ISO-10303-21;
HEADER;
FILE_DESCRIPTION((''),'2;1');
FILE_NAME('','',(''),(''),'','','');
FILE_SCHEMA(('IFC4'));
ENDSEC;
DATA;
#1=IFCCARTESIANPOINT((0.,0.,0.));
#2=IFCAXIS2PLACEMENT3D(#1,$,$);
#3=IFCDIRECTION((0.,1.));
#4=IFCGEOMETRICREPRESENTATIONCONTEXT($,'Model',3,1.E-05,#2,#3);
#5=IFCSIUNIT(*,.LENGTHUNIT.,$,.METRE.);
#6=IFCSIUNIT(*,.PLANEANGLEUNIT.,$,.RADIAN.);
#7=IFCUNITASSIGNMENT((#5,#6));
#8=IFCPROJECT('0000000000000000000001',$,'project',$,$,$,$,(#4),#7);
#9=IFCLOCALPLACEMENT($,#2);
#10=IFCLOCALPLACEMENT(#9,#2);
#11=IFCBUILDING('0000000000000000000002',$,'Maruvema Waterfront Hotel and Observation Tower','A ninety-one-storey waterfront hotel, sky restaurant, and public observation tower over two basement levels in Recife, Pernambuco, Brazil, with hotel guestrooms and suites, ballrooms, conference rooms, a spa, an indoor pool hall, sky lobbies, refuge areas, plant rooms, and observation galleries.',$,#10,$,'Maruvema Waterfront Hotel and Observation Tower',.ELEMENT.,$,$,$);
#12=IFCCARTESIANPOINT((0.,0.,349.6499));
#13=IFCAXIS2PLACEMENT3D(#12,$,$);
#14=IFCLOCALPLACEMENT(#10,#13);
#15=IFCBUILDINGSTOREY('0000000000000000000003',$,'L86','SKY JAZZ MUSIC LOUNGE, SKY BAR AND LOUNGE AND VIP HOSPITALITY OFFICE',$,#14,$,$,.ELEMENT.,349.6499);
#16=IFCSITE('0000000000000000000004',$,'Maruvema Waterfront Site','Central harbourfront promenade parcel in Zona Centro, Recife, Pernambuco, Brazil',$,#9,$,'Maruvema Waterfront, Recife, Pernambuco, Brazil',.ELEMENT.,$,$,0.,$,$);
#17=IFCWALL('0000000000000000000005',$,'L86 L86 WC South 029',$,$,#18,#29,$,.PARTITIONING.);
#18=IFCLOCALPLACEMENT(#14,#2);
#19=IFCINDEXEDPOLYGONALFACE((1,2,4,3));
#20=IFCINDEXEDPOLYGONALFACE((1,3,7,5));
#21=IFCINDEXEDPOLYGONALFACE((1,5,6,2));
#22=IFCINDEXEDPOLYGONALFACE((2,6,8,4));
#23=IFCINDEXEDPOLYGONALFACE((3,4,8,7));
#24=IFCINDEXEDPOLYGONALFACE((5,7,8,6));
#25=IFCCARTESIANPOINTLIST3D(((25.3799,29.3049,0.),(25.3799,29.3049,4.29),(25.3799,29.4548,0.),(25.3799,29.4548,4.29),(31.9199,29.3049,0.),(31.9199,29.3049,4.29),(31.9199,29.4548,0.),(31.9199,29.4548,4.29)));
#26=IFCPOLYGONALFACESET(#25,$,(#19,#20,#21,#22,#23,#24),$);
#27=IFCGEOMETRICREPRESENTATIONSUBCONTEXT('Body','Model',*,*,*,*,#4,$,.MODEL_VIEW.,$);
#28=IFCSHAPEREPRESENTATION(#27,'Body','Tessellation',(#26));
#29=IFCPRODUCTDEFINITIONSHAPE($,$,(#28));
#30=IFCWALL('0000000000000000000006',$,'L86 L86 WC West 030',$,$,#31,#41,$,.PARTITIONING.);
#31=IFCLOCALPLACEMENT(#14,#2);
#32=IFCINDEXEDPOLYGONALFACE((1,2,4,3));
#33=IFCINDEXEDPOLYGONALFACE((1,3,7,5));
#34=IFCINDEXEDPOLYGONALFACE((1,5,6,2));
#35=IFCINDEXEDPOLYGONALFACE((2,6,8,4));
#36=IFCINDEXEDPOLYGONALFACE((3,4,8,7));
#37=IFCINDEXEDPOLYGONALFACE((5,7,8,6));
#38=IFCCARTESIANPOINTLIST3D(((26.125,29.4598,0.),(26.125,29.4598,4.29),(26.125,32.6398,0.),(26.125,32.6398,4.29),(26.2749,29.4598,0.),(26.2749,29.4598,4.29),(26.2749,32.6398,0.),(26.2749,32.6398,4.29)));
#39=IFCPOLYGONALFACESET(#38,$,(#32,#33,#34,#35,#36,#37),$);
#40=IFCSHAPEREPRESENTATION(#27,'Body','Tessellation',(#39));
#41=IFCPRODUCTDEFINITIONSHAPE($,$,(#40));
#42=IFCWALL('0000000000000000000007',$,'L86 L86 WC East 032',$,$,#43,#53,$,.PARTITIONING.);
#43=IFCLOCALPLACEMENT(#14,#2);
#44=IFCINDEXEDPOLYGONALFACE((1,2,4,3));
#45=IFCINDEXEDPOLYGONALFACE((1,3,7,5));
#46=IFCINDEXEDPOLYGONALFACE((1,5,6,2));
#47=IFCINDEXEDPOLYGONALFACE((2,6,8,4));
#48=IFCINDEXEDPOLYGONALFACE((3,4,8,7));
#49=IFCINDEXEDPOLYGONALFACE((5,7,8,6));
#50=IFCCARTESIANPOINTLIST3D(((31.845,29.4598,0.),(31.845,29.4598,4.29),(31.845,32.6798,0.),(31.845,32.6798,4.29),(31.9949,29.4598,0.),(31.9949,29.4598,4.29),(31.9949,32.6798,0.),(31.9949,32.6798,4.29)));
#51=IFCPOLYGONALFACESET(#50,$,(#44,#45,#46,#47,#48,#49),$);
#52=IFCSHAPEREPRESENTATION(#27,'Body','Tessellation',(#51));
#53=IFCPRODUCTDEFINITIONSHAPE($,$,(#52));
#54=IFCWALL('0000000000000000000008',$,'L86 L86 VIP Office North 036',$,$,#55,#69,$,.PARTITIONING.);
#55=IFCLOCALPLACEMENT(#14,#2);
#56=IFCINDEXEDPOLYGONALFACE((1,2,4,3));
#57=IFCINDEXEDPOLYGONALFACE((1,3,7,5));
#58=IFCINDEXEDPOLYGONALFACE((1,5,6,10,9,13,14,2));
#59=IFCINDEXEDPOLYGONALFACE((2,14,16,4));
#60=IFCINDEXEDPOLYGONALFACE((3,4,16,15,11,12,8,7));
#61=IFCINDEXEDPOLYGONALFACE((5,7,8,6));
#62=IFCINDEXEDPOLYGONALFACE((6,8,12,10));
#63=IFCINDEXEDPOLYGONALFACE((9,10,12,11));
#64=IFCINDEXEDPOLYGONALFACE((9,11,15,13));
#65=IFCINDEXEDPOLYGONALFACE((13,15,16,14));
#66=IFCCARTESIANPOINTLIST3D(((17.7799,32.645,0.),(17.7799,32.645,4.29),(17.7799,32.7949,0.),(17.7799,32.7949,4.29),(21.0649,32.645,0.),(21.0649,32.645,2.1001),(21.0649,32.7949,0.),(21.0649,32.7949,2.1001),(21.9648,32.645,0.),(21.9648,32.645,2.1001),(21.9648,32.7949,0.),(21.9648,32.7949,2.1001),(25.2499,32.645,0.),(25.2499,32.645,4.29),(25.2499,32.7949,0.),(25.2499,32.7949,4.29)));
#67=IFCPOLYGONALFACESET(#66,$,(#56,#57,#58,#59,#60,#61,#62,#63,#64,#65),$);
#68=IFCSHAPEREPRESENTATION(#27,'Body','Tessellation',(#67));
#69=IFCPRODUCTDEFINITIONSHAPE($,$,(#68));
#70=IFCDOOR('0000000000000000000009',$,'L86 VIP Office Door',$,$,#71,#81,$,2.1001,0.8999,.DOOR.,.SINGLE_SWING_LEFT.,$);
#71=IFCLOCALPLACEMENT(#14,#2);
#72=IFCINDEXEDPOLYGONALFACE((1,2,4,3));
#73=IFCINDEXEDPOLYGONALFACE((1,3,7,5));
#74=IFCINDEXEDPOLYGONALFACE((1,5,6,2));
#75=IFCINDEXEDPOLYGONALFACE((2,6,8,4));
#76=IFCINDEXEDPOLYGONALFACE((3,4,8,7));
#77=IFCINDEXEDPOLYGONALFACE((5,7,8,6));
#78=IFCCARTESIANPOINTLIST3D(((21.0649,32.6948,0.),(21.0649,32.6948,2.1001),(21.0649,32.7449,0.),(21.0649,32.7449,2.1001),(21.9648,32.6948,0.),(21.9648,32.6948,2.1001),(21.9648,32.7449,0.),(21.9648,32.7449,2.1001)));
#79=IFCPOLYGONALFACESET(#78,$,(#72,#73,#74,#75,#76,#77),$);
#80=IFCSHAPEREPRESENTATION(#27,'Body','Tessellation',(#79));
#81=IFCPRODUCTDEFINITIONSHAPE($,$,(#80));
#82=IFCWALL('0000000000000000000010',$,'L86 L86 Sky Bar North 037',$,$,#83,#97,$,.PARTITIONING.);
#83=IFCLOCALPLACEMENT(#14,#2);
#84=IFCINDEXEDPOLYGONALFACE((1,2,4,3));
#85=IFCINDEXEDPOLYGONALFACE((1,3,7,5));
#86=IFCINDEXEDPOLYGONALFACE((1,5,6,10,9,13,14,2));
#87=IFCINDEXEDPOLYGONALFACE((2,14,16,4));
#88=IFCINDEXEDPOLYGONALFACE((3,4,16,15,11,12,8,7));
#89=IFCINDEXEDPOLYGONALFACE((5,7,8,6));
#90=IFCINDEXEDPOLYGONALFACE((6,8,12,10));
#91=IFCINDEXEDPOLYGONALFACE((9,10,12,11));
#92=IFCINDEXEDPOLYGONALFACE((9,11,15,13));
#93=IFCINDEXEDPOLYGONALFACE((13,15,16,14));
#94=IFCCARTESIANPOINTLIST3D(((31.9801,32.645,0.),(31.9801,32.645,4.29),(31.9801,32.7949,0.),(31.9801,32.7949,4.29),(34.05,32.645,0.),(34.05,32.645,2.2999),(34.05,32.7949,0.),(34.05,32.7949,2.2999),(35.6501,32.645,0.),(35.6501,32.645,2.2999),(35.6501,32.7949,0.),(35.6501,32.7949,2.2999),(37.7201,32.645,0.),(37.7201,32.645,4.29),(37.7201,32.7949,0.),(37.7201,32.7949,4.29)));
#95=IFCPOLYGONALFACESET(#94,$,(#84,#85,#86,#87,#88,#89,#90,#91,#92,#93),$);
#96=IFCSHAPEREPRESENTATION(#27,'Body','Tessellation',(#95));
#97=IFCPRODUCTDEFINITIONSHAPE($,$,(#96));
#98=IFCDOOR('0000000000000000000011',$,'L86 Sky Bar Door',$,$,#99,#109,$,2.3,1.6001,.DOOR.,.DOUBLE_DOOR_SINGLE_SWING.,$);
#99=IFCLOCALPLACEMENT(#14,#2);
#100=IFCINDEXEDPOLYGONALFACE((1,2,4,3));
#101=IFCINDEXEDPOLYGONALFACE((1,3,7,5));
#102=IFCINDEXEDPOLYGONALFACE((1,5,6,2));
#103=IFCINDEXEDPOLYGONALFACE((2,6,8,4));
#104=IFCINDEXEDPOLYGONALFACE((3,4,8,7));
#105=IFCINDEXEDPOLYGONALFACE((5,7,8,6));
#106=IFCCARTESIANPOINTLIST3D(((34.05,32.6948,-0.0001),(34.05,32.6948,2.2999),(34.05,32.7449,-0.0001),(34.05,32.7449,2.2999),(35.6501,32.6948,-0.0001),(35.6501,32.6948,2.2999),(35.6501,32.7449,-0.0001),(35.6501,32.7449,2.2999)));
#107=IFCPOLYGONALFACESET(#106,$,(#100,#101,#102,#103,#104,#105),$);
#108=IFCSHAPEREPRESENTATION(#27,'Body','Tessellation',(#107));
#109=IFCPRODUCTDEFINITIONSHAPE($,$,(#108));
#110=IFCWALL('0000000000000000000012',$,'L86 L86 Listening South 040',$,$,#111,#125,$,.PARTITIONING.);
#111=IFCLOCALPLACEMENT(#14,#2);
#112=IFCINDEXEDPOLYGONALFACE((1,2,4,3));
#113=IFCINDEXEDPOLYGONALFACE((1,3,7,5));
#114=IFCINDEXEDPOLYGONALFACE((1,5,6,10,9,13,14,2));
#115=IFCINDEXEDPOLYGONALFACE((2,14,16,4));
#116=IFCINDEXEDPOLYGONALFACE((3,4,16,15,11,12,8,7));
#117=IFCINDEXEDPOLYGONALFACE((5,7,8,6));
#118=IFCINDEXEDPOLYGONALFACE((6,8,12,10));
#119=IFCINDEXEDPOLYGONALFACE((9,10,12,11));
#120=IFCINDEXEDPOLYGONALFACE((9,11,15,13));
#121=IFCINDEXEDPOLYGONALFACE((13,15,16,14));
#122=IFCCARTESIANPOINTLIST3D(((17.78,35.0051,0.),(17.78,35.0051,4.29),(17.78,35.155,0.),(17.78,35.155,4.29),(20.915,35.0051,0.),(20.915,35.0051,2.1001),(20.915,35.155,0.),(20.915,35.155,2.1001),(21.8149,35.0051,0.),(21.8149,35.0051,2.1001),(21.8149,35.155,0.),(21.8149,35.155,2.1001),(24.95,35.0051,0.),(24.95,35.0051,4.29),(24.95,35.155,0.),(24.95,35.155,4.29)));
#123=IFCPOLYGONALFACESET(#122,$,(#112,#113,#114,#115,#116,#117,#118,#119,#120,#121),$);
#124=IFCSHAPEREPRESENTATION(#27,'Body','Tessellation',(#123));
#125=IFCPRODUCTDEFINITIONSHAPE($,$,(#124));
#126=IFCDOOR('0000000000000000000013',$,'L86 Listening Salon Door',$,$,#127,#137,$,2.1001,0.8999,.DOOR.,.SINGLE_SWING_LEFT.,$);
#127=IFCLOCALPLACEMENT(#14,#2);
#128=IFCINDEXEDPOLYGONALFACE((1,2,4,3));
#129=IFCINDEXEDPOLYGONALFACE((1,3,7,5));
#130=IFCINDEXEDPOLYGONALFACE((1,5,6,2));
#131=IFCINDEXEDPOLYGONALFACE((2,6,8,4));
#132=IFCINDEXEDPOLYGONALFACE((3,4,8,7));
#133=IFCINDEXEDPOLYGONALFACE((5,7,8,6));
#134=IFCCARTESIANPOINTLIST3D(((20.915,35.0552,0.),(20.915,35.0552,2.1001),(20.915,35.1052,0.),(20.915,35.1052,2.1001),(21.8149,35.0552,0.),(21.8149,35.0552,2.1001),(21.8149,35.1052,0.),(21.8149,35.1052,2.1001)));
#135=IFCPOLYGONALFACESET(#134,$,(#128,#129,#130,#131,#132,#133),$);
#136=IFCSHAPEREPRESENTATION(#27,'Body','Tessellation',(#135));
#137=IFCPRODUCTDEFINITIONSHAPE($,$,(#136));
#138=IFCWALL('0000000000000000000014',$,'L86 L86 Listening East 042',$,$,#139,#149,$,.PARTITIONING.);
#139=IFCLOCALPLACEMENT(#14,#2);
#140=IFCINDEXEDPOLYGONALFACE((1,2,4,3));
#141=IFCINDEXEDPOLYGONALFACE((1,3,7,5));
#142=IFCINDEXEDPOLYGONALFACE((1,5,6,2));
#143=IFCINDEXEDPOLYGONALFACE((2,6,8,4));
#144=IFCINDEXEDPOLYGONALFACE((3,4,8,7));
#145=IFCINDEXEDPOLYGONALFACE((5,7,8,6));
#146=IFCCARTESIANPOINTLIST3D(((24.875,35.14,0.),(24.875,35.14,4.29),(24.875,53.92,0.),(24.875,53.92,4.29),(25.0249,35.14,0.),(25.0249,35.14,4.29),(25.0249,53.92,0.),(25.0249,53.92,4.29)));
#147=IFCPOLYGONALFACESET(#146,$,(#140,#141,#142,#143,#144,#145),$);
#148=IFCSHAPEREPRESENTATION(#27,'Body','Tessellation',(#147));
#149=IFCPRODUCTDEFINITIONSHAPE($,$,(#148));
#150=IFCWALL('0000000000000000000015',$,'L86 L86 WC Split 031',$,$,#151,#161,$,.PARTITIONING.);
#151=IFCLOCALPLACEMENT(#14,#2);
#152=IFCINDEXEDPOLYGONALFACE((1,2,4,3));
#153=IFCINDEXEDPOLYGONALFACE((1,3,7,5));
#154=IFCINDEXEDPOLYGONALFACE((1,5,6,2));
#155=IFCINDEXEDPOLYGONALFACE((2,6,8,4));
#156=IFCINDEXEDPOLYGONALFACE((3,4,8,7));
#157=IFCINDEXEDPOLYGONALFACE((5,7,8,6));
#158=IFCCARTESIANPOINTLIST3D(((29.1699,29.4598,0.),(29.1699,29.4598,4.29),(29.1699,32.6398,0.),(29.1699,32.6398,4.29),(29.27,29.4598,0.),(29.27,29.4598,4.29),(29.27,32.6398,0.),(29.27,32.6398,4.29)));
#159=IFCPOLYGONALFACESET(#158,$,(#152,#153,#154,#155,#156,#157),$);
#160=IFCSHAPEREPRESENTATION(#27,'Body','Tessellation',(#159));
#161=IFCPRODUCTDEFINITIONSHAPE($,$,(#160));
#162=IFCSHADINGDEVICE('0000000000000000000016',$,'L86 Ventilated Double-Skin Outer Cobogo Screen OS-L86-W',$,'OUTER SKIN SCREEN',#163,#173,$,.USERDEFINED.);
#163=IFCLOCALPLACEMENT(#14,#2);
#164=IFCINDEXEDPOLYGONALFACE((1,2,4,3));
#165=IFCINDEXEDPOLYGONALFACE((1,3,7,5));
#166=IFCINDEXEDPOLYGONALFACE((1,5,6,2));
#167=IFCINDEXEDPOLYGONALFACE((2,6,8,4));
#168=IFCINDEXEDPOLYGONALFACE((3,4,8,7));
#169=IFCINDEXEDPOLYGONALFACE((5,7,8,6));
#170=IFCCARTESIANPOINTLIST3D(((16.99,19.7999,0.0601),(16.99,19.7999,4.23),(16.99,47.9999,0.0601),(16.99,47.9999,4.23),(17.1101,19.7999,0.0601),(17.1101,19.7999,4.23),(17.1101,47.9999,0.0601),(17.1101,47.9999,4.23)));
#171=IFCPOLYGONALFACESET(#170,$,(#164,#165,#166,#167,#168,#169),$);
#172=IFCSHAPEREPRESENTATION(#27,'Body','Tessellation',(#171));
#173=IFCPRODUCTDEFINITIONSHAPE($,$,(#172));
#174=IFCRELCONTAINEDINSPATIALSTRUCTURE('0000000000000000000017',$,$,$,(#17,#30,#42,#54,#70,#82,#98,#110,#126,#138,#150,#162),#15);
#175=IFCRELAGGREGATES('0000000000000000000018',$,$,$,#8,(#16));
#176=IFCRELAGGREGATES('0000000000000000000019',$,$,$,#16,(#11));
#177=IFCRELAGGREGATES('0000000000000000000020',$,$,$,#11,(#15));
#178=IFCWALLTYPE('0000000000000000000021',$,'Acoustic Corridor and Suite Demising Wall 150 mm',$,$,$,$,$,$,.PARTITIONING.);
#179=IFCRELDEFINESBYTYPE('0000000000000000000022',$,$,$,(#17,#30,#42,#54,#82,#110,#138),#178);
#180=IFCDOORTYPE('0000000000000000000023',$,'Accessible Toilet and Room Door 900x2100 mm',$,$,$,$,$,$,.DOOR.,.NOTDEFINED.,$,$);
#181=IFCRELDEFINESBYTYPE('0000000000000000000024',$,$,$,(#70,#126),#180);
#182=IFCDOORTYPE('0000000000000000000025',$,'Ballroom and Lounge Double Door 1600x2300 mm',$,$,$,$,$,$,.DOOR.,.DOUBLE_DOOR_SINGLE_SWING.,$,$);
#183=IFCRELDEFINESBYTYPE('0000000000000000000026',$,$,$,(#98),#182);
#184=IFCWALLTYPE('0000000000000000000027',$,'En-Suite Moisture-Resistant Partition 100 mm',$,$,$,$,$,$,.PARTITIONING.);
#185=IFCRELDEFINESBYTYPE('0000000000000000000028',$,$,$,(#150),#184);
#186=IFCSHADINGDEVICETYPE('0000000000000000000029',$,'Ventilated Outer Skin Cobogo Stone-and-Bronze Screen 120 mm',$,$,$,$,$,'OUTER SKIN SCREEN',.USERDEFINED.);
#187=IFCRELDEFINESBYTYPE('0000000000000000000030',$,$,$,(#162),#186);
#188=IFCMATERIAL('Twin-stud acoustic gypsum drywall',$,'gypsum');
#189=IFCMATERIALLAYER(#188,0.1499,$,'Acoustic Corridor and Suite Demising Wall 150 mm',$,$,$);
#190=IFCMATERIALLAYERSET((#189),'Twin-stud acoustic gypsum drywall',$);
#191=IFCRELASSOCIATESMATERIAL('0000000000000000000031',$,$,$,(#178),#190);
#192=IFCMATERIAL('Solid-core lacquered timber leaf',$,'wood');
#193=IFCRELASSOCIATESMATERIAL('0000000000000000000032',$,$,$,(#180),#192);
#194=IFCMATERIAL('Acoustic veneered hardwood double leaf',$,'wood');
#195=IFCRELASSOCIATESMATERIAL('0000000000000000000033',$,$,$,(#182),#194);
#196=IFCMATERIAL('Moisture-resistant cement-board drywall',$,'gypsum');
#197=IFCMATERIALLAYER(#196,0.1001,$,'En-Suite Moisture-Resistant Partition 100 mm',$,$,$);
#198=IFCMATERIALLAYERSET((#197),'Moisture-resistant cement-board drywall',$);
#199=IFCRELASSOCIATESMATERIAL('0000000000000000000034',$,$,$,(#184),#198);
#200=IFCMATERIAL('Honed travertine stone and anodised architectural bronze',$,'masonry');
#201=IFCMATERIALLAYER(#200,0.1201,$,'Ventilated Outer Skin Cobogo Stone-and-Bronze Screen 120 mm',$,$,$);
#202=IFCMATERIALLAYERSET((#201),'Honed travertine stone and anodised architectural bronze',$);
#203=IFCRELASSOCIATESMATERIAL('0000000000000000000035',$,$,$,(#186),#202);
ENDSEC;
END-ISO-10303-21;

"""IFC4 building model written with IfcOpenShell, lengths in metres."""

from ifc_helpers import new_model, si_unit, direction, frame, frame_2d, origin, origin_2d, place, context, subcontext, project, spatial, rectangle, extrude, material, layer, layer_set, type_object, element, fill, save


model = new_model("IFC4")

# Units and contexts
model_context = context("Model", 3, precision=1e-05, world=origin(), true_north=direction((0.0, 1.0)))
body_context = subcontext(model_context, "Body", "Model", "MODEL_VIEW")
ifc_project = project(units=[si_unit("LENGTHUNIT", "METRE"), si_unit("PLANEANGLEUNIT", "RADIAN")], contexts=[model_context])

# Site, building, storey
site_placement = place(None, origin())
site = spatial("IfcSite", under=ifc_project, at=site_placement, Name="Maruvema Waterfront Site", Description="Central harbourfront promenade parcel in Zona Centro, Recife, Pernambuco, Brazil", LongName="Maruvema Waterfront, Recife, Pernambuco, Brazil", CompositionType="ELEMENT", RefElevation=0.0)
building_placement = place(site_placement, origin())
building = spatial("IfcBuilding", under=site, at=building_placement, Name="Maruvema Waterfront Hotel and Observation Tower", Description="A ninety-one-storey waterfront hotel, sky restaurant, and public observation tower over two basement levels in Recife, Pernambuco, Brazil, with hotel guestrooms and suites, ballrooms, conference rooms, a spa, an indoor pool hall, sky lobbies, refuge areas, plant rooms, and observation galleries.", LongName="Maruvema Waterfront Hotel and Observation Tower", CompositionType="ELEMENT")
storey_placement = place(building_placement, frame((0.0, 0.0, 349.6499)))
storey = spatial("IfcBuildingStorey", under=building, at=storey_placement, Name="L86", Description="SKY JAZZ MUSIC LOUNGE, SKY BAR AND LOUNGE AND VIP HOSPITALITY OFFICE", CompositionType="ELEMENT", Elevation=349.6499)

# Shared definitions
ifc_material_1 = material(Name="Twin-stud acoustic gypsum drywall", Category="gypsum")
ifc_layer_1 = layer(ifc_material_1, 0.1499, Name="Acoustic Corridor and Suite Demising Wall 150 mm")
ifc_layer_set_1 = layer_set([ifc_layer_1], Name="Twin-stud acoustic gypsum drywall")
wall_type_1 = type_object("IfcWallType", Name="Acoustic Corridor and Suite Demising Wall 150 mm", PredefinedType="PARTITIONING", material=ifc_layer_set_1)
ifc_material_2 = material(Name="Solid-core lacquered timber leaf", Category="wood")
door_type_1 = type_object("IfcDoorType", Name="Accessible Toilet and Room Door 900x2100 mm", OperationType="NOTDEFINED", PredefinedType="DOOR", material=ifc_material_2)

# Walls
wall_1_placement = place(storey_placement, frame((25.3799, 29.3799, 0.0), z_axis=(0.0, 0.0, 1.0), x_axis=(1.0, 0.0, 0.0)))
element("IfcWall", 1, at=wall_1_placement, inside=storey, type_object=wall_type_1, Name="L86 L86 WC South 029", PredefinedType="PARTITIONING", context=body_context, shape_type="SweptSolid", body=[
    extrude(rectangle(XDim=6.54, YDim=0.1499, at=frame_2d((3.27, 0.0))), origin(), (0.0, 0.0, 1.0), 4.29),
])
wall_2_placement = place(storey_placement, frame((26.2, 29.46, 0.0), z_axis=(0.0, 0.0, 1.0), x_axis=(0.0, 1.0, 0.0)))
element("IfcWall", 2, at=wall_2_placement, inside=storey, type_object=wall_type_1, Name="L86 L86 WC West 030", PredefinedType="PARTITIONING", context=body_context, shape_type="SweptSolid", body=[
    extrude(rectangle(XDim=3.1799, YDim=0.1499, at=frame_2d((1.5898, 0.0))), origin(), (0.0, 0.0, 1.0), 4.29),
])
wall_3_placement = place(storey_placement, frame((31.9199, 29.46, 0.0), z_axis=(0.0, 0.0, 1.0), x_axis=(0.0, 1.0, 0.0)))
element("IfcWall", 3, at=wall_3_placement, inside=storey, type_object=wall_type_1, Name="L86 L86 WC East 032", PredefinedType="PARTITIONING", context=body_context, shape_type="SweptSolid", body=[
    extrude(rectangle(XDim=3.22, YDim=0.1499, at=frame_2d((1.6099, 0.0))), origin(), (0.0, 0.0, 1.0), 4.29),
])

# Walls, openings, doors
wall_4_placement = place(storey_placement, frame((17.78, 32.72, 0.0), z_axis=(0.0, 0.0, 1.0), x_axis=(1.0, 0.0, 0.0)))
wall_4 = element("IfcWall", 4, at=wall_4_placement, inside=storey, type_object=wall_type_1, Name="L86 L86 VIP Office North 036", PredefinedType="PARTITIONING", context=body_context, shape_type="SweptSolid", body=[
    extrude(rectangle(XDim=7.47, YDim=0.1499, at=frame_2d((3.7349, 0.0))), origin(), (0.0, 0.0, 1.0), 4.29),
])
opening_1_placement = place(wall_4_placement, frame((3.2849, 0.0, 0.0)))
opening_1 = element("IfcOpeningElement", 5, at=opening_1_placement, cuts=wall_4, PredefinedType="OPENING", context=body_context, shape_type="SweptSolid", body=[
    extrude(rectangle(XDim=0.8999, YDim=2.1001, at=frame_2d((0.45, 1.05))), frame((0.0, 0.085, 0.0), z_axis=(0.0, -1.0, 0.0), x_axis=(1.0, 0.0, 0.0)), (0.0, 0.0, 1.0), 0.1699),
])
door_1_placement = place(opening_1_placement, origin())
door_1 = element("IfcDoor", 6, at=door_1_placement, inside=storey, type_object=door_type_1, Name="L86 VIP Office Door", OperationType="SINGLE_SWING_LEFT", OverallHeight=2.1001, OverallWidth=0.8999, PredefinedType="DOOR", context=body_context, shape_type="SweptSolid", body=[
    extrude(rectangle(XDim=0.8999, YDim=2.1001, at=frame_2d((0.45, 1.05))), frame((0.0, 0.0249, 0.0), z_axis=(0.0, -1.0, 0.0), x_axis=(1.0, 0.0, 0.0)), (0.0, 0.0, 1.0), 0.05),
])
fill(opening_1, door_1)
wall_5_placement = place(storey_placement, frame((31.98, 32.72, 0.0), z_axis=(0.0, 0.0, 1.0), x_axis=(1.0, 0.0, 0.0)))
wall_5 = element("IfcWall", 7, at=wall_5_placement, inside=storey, type_object=wall_type_1, Name="L86 L86 Sky Bar North 037", PredefinedType="PARTITIONING", context=body_context, shape_type="SweptSolid", body=[
    extrude(rectangle(XDim=5.74, YDim=0.1499, at=frame_2d((2.8701, 0.0))), origin(), (0.0, 0.0, 1.0), 4.29),
])
opening_2_placement = place(wall_5_placement, frame((2.0701, 0.0, 0.0)))
opening_2 = element("IfcOpeningElement", 8, at=opening_2_placement, cuts=wall_5, PredefinedType="OPENING", context=body_context, shape_type="SweptSolid", body=[
    extrude(rectangle(XDim=1.6001, YDim=2.3, at=frame_2d((0.8, 1.1499))), frame((0.0, 0.085, 0.0), z_axis=(0.0, -1.0, 0.0), x_axis=(1.0, 0.0, 0.0)), (0.0, 0.0, 1.0), 0.1699),
])
ifc_material_3 = material(Name="Acoustic veneered hardwood double leaf", Category="wood")
door_type_2 = type_object("IfcDoorType", Name="Ballroom and Lounge Double Door 1600x2300 mm", OperationType="DOUBLE_DOOR_SINGLE_SWING", PredefinedType="DOOR", material=ifc_material_3)
door_2_placement = place(opening_2_placement, origin())
door_2 = element("IfcDoor", 9, at=door_2_placement, inside=storey, type_object=door_type_2, Name="L86 Sky Bar Door", OperationType="DOUBLE_DOOR_SINGLE_SWING", OverallHeight=2.3, OverallWidth=1.6001, PredefinedType="DOOR", context=body_context, shape_type="SweptSolid", body=[
    extrude(rectangle(XDim=1.6001, YDim=2.3, at=frame_2d((0.8, 1.1499))), frame((0.0, 0.0249, 0.0), z_axis=(0.0, -1.0, 0.0), x_axis=(1.0, 0.0, 0.0)), (0.0, 0.0, 1.0), 0.05),
])
fill(opening_2, door_2)
wall_6_placement = place(storey_placement, frame((17.78, 35.0801, 0.0), z_axis=(0.0, 0.0, 1.0), x_axis=(1.0, 0.0, 0.0)))
wall_6 = element("IfcWall", 10, at=wall_6_placement, inside=storey, type_object=wall_type_1, Name="L86 L86 Listening South 040", PredefinedType="PARTITIONING", context=body_context, shape_type="SweptSolid", body=[
    extrude(rectangle(XDim=7.1699, YDim=0.1499, at=frame_2d((3.585, 0.0))), origin(), (0.0, 0.0, 1.0), 4.29),
])
opening_3_placement = place(wall_6_placement, frame((3.135, 0.0, 0.0)))
opening_3 = element("IfcOpeningElement", 11, at=opening_3_placement, cuts=wall_6, PredefinedType="OPENING", context=body_context, shape_type="SweptSolid", body=[
    extrude(rectangle(XDim=0.8999, YDim=2.1001, at=frame_2d((0.45, 1.05))), frame((0.0, 0.085, 0.0), z_axis=(0.0, -1.0, 0.0), x_axis=(1.0, 0.0, 0.0)), (0.0, 0.0, 1.0), 0.1699),
])
door_3_placement = place(opening_3_placement, frame((0.8999, 0.0, 0.0), z_axis=(0.0, 0.0, 1.0), x_axis=(-1.0, 0.0, 0.0)))
door_3 = element("IfcDoor", 12, at=door_3_placement, inside=storey, type_object=door_type_1, Name="L86 Listening Salon Door", OperationType="SINGLE_SWING_LEFT", OverallHeight=2.1001, OverallWidth=0.8999, PredefinedType="DOOR", context=body_context, shape_type="SweptSolid", body=[
    extrude(rectangle(XDim=0.8999, YDim=2.1001, at=frame_2d((0.45, 1.05))), frame((0.0, 0.0249, 0.0), z_axis=(0.0, -1.0, 0.0), x_axis=(1.0, 0.0, 0.0)), (0.0, 0.0, 1.0), 0.05),
])
fill(opening_3, door_3)

# Walls
wall_7_placement = place(storey_placement, frame((24.95, 35.1399, 0.0), z_axis=(0.0, 0.0, 1.0), x_axis=(0.0, 1.0, 0.0)))
element("IfcWall", 13, at=wall_7_placement, inside=storey, type_object=wall_type_1, Name="L86 L86 Listening East 042", PredefinedType="PARTITIONING", context=body_context, shape_type="SweptSolid", body=[
    extrude(rectangle(XDim=18.78, YDim=0.1499, at=frame_2d((9.3901, 0.0))), origin(), (0.0, 0.0, 1.0), 4.29),
])
ifc_material_4 = material(Name="Moisture-resistant cement-board drywall", Category="gypsum")
ifc_layer_2 = layer(ifc_material_4, 0.1001, Name="En-Suite Moisture-Resistant Partition 100 mm")
ifc_layer_set_2 = layer_set([ifc_layer_2], Name="Moisture-resistant cement-board drywall")
wall_type_2 = type_object("IfcWallType", Name="En-Suite Moisture-Resistant Partition 100 mm", PredefinedType="PARTITIONING", material=ifc_layer_set_2)
wall_8_placement = place(storey_placement, frame((29.22, 29.46, 0.0), z_axis=(0.0, 0.0, 1.0), x_axis=(0.0, 1.0, 0.0)))
element("IfcWall", 14, at=wall_8_placement, inside=storey, type_object=wall_type_2, Name="L86 L86 WC Split 031", PredefinedType="PARTITIONING", context=body_context, shape_type="SweptSolid", body=[
    extrude(rectangle(XDim=3.1799, YDim=0.1001, at=frame_2d((1.5898, 0.0))), origin(), (0.0, 0.0, 1.0), 4.29),
])

# Shading device
ifc_material_5 = material(Name="Honed travertine stone and anodised architectural bronze", Category="masonry")
ifc_layer_3 = layer(ifc_material_5, 0.1201, Name="Ventilated Outer Skin Cobogo Stone-and-Bronze Screen 120 mm")
ifc_layer_set_3 = layer_set([ifc_layer_3], Name="Honed travertine stone and anodised architectural bronze")
shading_device_type = type_object("IfcShadingDeviceType", Name="Ventilated Outer Skin Cobogo Stone-and-Bronze Screen 120 mm", ElementType="OUTER SKIN SCREEN", PredefinedType="USERDEFINED", material=ifc_layer_set_3)
shading_device_placement = place(storey_placement, frame((17.05, 33.8999, 0.0601), z_axis=(0.0, 0.0, 1.0), x_axis=(0.0, -1.0, 0.0)))
element("IfcShadingDevice", 15, at=shading_device_placement, inside=storey, type_object=shading_device_type, Name="L86 Ventilated Double-Skin Outer Cobogo Screen OS-L86-W", ObjectType="OUTER SKIN SCREEN", PredefinedType="USERDEFINED", context=body_context, shape_type="SweptSolid", body=[
    extrude(rectangle(XDim=28.2, YDim=0.1201, at=origin_2d()), origin(), (0.0, 0.0, 1.0), 4.1699),
])

save(model, "model.ifc")
